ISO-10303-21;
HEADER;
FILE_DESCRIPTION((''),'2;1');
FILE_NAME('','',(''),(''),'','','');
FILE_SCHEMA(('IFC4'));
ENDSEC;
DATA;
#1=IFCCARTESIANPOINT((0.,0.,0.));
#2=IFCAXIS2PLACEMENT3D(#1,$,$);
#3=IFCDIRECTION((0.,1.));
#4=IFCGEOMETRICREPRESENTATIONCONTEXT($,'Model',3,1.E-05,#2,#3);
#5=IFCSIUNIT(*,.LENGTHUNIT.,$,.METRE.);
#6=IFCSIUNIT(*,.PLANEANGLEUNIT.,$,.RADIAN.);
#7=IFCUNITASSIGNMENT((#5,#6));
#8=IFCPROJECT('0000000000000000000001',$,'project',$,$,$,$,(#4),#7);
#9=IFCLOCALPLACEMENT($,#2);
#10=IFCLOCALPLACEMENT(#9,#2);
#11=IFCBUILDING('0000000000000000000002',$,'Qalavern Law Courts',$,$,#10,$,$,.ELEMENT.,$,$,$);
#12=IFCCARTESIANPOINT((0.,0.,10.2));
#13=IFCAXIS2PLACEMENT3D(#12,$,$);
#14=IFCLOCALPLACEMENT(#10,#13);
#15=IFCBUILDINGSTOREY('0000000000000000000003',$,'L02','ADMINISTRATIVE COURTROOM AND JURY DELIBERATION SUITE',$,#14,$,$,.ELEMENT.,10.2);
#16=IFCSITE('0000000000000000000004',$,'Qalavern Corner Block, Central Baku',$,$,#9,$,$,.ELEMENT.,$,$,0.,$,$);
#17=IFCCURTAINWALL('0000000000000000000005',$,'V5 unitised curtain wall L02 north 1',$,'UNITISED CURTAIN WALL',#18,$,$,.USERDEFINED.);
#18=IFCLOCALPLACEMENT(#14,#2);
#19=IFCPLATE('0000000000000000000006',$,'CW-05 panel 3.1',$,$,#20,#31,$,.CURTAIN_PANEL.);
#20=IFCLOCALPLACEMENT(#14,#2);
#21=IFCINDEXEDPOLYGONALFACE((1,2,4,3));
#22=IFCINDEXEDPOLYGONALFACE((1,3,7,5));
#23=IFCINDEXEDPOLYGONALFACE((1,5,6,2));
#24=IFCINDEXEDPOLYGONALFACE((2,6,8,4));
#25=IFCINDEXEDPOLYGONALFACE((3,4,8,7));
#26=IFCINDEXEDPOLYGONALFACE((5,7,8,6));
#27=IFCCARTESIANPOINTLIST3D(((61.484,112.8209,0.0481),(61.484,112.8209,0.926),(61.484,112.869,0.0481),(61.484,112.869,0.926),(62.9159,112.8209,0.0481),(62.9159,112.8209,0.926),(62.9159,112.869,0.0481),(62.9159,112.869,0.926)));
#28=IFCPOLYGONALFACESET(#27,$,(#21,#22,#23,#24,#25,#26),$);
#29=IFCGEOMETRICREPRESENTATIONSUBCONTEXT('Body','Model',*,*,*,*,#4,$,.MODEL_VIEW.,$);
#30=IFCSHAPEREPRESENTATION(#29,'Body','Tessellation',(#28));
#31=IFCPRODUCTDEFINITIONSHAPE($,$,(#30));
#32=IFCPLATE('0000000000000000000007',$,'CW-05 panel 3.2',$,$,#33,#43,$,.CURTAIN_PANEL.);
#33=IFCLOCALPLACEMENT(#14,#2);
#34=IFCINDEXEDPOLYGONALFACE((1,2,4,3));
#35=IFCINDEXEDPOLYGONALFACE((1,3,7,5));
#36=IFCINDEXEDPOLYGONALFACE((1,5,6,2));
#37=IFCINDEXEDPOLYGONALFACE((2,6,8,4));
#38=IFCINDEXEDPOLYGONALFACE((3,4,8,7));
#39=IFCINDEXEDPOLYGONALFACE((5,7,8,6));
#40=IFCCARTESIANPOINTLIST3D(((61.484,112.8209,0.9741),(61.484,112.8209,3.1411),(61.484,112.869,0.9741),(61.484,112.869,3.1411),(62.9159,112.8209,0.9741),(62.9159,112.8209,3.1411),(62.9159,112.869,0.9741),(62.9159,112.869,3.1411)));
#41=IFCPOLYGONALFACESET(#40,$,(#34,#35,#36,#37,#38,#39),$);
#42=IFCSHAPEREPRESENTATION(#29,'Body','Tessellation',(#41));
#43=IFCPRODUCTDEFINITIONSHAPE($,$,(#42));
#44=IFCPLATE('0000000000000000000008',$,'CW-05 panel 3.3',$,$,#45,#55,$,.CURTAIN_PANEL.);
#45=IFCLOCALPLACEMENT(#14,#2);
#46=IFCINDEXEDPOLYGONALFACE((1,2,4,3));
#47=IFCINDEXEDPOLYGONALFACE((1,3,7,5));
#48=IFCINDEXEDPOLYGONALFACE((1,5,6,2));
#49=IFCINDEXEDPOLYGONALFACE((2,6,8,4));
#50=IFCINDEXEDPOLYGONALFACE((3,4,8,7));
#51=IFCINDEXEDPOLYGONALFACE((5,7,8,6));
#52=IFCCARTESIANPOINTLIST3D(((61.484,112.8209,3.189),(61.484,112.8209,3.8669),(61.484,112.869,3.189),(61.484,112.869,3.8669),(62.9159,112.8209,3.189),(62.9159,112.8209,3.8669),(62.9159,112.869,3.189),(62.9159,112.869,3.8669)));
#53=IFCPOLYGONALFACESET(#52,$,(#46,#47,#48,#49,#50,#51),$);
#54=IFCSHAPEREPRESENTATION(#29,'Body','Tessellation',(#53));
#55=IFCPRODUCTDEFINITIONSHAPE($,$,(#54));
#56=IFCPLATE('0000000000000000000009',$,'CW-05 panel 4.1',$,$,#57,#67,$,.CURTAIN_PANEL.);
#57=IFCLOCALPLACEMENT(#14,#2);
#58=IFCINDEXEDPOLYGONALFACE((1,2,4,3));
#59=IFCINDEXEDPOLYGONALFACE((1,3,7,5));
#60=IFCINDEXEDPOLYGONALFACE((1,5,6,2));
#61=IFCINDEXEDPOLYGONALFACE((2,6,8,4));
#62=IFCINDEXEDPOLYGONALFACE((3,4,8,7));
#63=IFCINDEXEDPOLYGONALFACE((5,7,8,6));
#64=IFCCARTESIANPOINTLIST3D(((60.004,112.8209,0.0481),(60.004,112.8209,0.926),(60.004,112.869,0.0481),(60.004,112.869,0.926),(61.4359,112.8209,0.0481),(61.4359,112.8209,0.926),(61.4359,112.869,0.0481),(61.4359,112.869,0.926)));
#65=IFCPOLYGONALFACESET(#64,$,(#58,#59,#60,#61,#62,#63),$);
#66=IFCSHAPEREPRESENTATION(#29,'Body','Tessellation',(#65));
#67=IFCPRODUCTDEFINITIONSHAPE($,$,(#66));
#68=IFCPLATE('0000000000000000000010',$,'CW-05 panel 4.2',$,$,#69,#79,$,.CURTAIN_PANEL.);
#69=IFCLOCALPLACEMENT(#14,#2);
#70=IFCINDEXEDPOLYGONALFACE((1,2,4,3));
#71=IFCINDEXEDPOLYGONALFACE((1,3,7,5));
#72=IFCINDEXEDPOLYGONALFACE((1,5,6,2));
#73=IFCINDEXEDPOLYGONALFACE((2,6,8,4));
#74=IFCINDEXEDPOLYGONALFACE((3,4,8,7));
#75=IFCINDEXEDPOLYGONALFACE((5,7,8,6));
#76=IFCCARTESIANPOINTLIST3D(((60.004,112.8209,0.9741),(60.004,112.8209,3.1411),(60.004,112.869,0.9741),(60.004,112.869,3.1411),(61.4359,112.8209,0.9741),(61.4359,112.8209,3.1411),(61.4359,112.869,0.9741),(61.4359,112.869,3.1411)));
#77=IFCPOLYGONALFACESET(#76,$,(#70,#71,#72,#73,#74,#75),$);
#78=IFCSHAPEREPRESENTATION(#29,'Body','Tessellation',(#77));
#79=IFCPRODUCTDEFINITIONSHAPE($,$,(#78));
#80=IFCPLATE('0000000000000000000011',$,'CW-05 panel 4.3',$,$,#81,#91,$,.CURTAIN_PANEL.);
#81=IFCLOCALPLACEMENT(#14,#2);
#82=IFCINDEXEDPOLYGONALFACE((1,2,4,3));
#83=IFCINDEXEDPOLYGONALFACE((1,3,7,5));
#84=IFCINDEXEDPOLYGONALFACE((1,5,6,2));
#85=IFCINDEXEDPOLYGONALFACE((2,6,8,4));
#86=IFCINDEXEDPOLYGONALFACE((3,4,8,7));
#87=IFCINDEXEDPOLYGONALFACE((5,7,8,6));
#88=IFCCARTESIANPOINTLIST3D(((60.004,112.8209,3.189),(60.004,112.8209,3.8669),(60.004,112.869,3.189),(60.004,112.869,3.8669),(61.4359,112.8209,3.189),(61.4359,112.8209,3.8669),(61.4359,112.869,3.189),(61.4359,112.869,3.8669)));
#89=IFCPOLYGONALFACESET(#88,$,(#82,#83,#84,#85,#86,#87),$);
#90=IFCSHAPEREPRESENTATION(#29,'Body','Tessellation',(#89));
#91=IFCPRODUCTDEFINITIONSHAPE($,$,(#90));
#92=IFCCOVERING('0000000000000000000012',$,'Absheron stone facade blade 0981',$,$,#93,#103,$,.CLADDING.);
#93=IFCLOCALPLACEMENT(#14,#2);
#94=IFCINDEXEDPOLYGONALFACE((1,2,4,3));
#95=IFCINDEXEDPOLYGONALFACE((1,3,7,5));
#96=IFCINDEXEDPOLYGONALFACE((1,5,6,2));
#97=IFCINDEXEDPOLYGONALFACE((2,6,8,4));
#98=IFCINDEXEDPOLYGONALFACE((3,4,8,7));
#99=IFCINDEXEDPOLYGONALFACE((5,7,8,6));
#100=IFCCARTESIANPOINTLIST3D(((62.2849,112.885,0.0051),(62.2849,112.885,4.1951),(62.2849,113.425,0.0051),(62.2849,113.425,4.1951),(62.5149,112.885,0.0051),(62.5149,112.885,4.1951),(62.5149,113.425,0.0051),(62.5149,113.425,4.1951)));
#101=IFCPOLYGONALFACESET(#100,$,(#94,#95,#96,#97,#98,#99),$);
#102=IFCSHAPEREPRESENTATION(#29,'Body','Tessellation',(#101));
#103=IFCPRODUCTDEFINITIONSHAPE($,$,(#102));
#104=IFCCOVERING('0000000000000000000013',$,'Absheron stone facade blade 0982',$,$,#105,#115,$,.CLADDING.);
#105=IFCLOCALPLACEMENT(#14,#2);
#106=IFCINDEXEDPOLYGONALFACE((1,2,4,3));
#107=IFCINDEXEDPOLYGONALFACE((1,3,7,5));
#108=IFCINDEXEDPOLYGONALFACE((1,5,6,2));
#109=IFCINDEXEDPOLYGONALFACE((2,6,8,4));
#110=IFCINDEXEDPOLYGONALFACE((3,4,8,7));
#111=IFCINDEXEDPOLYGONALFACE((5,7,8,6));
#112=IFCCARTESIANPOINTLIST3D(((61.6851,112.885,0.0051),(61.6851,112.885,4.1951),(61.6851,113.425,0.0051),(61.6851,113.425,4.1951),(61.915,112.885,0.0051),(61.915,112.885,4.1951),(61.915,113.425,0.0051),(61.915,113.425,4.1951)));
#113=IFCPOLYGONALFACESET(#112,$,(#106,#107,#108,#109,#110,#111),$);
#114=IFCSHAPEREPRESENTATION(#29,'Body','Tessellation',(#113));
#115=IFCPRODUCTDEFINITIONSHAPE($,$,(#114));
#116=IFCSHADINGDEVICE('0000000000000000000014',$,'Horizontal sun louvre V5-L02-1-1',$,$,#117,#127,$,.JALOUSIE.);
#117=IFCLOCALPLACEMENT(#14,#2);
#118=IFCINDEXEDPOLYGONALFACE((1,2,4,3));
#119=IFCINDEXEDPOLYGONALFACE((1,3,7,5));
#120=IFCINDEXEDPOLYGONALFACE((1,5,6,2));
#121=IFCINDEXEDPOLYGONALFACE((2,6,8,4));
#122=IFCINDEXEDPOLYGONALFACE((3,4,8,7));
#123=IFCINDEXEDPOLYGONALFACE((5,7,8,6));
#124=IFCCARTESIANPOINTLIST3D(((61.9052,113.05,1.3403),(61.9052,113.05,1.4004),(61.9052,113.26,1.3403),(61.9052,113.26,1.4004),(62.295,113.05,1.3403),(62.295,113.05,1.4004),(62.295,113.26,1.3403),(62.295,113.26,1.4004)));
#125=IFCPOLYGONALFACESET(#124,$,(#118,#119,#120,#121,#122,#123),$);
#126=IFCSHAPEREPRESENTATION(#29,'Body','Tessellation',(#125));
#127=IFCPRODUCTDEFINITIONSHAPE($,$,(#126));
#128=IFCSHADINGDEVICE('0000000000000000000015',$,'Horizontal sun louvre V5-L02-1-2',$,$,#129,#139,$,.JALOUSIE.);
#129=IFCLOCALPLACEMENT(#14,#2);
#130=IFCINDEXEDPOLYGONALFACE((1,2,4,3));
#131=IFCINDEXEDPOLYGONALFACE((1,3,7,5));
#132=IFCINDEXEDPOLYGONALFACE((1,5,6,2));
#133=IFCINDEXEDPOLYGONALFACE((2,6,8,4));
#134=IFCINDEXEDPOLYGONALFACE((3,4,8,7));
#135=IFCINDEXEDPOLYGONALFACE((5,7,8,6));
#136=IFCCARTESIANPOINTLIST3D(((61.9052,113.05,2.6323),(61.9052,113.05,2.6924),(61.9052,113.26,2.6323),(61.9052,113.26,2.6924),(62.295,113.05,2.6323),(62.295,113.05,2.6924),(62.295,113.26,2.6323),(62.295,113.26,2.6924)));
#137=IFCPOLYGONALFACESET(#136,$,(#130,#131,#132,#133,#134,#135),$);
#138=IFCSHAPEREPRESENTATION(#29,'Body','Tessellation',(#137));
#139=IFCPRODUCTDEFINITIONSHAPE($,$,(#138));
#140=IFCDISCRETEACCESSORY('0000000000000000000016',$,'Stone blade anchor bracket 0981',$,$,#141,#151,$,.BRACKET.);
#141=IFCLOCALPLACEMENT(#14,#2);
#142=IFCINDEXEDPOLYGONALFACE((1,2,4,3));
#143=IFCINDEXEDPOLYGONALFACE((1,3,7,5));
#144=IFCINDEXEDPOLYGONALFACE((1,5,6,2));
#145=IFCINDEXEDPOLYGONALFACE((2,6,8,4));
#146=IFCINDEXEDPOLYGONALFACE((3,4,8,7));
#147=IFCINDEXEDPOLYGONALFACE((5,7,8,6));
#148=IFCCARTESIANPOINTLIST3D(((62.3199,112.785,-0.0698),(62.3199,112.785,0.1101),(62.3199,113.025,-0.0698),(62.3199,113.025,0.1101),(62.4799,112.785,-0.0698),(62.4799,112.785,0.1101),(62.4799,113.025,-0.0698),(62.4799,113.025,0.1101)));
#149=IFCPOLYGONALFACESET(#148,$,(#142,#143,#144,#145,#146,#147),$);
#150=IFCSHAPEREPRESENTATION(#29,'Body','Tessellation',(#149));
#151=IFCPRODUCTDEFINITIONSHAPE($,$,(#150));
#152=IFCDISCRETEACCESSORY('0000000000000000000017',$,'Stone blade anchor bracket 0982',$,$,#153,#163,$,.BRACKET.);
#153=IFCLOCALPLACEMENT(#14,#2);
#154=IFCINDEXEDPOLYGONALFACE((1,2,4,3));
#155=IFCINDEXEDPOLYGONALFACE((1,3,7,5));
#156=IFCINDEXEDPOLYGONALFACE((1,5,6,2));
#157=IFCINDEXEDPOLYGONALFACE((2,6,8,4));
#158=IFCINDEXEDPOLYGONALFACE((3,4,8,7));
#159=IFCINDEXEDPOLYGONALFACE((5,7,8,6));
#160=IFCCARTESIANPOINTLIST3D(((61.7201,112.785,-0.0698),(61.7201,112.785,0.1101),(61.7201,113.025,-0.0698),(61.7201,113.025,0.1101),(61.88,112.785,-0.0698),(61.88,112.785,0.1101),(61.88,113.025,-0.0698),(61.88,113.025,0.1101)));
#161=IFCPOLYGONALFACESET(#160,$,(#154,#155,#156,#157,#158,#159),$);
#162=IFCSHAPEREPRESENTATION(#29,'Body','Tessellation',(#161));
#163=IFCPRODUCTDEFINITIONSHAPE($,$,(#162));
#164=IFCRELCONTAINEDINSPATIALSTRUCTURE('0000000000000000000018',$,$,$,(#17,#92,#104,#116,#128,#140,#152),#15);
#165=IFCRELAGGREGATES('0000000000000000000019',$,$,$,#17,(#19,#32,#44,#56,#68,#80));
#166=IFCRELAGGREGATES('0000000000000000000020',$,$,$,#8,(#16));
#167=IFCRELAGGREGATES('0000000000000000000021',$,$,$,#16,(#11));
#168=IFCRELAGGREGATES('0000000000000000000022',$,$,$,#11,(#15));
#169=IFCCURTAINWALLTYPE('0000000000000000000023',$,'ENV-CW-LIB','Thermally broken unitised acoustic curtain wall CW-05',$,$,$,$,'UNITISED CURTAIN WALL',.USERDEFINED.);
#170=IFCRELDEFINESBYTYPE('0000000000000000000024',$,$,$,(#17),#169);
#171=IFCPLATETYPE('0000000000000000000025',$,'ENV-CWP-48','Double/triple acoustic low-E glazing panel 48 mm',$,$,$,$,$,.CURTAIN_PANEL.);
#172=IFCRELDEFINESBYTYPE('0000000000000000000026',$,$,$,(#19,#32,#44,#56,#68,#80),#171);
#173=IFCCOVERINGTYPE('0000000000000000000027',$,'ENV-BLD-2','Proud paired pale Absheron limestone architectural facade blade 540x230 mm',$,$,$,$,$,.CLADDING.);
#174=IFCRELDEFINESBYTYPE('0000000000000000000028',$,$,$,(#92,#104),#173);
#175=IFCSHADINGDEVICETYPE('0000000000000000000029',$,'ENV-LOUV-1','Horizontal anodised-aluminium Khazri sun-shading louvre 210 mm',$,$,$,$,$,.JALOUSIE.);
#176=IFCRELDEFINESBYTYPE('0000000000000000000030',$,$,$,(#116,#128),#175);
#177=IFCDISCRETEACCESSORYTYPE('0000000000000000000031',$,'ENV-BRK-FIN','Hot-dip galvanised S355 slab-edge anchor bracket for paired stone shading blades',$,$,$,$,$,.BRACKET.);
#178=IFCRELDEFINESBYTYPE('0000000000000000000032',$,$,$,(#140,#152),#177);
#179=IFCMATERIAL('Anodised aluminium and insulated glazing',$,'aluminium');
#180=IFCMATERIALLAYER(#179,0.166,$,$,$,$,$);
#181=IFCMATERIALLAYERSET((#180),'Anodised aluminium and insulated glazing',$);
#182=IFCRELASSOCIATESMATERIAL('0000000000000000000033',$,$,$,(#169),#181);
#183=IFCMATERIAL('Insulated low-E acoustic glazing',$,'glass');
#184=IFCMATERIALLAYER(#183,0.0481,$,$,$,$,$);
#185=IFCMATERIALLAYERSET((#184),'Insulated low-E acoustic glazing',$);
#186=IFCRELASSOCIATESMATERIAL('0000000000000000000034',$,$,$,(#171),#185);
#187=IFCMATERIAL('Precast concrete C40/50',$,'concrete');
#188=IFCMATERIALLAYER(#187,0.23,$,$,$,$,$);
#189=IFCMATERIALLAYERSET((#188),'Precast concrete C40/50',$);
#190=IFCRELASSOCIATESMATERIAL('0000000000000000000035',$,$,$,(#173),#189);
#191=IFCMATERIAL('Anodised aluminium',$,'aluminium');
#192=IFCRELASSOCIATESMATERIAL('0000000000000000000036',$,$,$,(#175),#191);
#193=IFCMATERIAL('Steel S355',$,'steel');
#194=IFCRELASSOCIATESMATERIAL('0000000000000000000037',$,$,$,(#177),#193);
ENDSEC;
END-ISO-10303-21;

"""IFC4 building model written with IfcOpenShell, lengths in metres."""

from ifc_helpers import new_model, si_unit, direction, frame, origin, origin_2d, place, context, subcontext, project, spatial, rectangle, extrude, material, layer, layer_set, type_object, element, aggregate, save


model = new_model("IFC4")

# Units and contexts
model_context = context("Model", 3, precision=1e-05, world=origin(), true_north=direction((0.0, 1.0)))
body_context = subcontext(model_context, "Body", "Model", "MODEL_VIEW")
ifc_project = project(units=[si_unit("LENGTHUNIT", "METRE"), si_unit("PLANEANGLEUNIT", "RADIAN")], contexts=[model_context])

# Site, building, storey
site_placement = place(None, origin())
site = spatial("IfcSite", under=ifc_project, at=site_placement, Name="Qalavern Corner Block, Central Baku", CompositionType="ELEMENT", RefElevation=0.0)
building_placement = place(site_placement, origin())
building = spatial("IfcBuilding", under=site, at=building_placement, Name="Qalavern Law Courts", CompositionType="ELEMENT")
storey_placement = place(building_placement, frame((0.0, 0.0, 10.2)))
storey = spatial("IfcBuildingStorey", under=building, at=storey_placement, Name="L02", Description="ADMINISTRATIVE COURTROOM AND JURY DELIBERATION SUITE", CompositionType="ELEMENT", Elevation=10.2)

# Curtain wall, plates
ifc_material_1 = material(Name="Anodised aluminium and insulated glazing", Category="aluminium")
ifc_layer_1 = layer(ifc_material_1, 0.166)
ifc_layer_set_1 = layer_set([ifc_layer_1], Name="Anodised aluminium and insulated glazing")
curtain_wall_type = type_object("IfcCurtainWallType", Name="ENV-CW-LIB", Description="Thermally broken unitised acoustic curtain wall CW-05", ElementType="UNITISED CURTAIN WALL", PredefinedType="USERDEFINED", material=ifc_layer_set_1)
curtain_wall_placement = place(storey_placement, origin())
curtain_wall = element("IfcCurtainWall", 1, at=curtain_wall_placement, inside=storey, type_object=curtain_wall_type, Name="V5 unitised curtain wall L02 north 1", ObjectType="UNITISED CURTAIN WALL", PredefinedType="USERDEFINED")
ifc_material_2 = material(Name="Anodised aluminium", Category="aluminium")
ifc_material_3 = material(Name="Insulated low-E acoustic glazing", Category="glass")
ifc_layer_2 = layer(ifc_material_3, 0.0481)
ifc_layer_set_2 = layer_set([ifc_layer_2], Name="Insulated low-E acoustic glazing")
plate_type = type_object("IfcPlateType", Name="ENV-CWP-48", Description="Double/triple acoustic low-E glazing panel 48 mm", PredefinedType="CURTAIN_PANEL", material=ifc_layer_set_2)
plate_1_placement = place(storey_placement, frame((62.2, 112.845, 0.0481), z_axis=(0.0, 0.0, 1.0), x_axis=(-1.0, 0.0, 0.0)))
plate_1 = element("IfcPlate", 2, at=plate_1_placement, type_object=plate_type, Name="CW-05 panel 3.1", PredefinedType="CURTAIN_PANEL", context=body_context, shape_type="SweptSolid", body=[
    extrude(rectangle(XDim=1.4319, YDim=0.0481, at=origin_2d()), origin(), (0.0, 0.0, 1.0), 0.8779),
])
plate_2_placement = place(storey_placement, frame((62.2, 112.845, 0.9741), z_axis=(0.0, 0.0, 1.0), x_axis=(-1.0, 0.0, 0.0)))
plate_2 = element("IfcPlate", 3, at=plate_2_placement, type_object=plate_type, Name="CW-05 panel 3.2", PredefinedType="CURTAIN_PANEL", context=body_context, shape_type="SweptSolid", body=[
    extrude(rectangle(XDim=1.4319, YDim=0.0481, at=origin_2d()), origin(), (0.0, 0.0, 1.0), 2.167),
])
plate_3_placement = place(storey_placement, frame((62.2, 112.845, 3.189), z_axis=(0.0, 0.0, 1.0), x_axis=(-1.0, 0.0, 0.0)))
plate_3 = element("IfcPlate", 4, at=plate_3_placement, type_object=plate_type, Name="CW-05 panel 3.3", PredefinedType="CURTAIN_PANEL", context=body_context, shape_type="SweptSolid", body=[
    extrude(rectangle(XDim=1.4319, YDim=0.0481, at=origin_2d()), origin(), (0.0, 0.0, 1.0), 0.678),
])
plate_4_placement = place(storey_placement, frame((60.72, 112.845, 0.0481), z_axis=(0.0, 0.0, 1.0), x_axis=(-1.0, 0.0, 0.0)))
plate_4 = element("IfcPlate", 5, at=plate_4_placement, type_object=plate_type, Name="CW-05 panel 4.1", PredefinedType="CURTAIN_PANEL", context=body_context, shape_type="SweptSolid", body=[
    extrude(rectangle(XDim=1.4319, YDim=0.0481, at=origin_2d()), origin(), (0.0, 0.0, 1.0), 0.8779),
])
plate_5_placement = place(storey_placement, frame((60.72, 112.845, 0.9741), z_axis=(0.0, 0.0, 1.0), x_axis=(-1.0, 0.0, 0.0)))
plate_5 = element("IfcPlate", 6, at=plate_5_placement, type_object=plate_type, Name="CW-05 panel 4.2", PredefinedType="CURTAIN_PANEL", context=body_context, shape_type="SweptSolid", body=[
    extrude(rectangle(XDim=1.4319, YDim=0.0481, at=origin_2d()), origin(), (0.0, 0.0, 1.0), 2.167),
])
plate_6_placement = place(storey_placement, frame((60.72, 112.845, 3.189), z_axis=(0.0, 0.0, 1.0), x_axis=(-1.0, 0.0, 0.0)))
plate_6 = element("IfcPlate", 7, at=plate_6_placement, type_object=plate_type, Name="CW-05 panel 4.3", PredefinedType="CURTAIN_PANEL", context=body_context, shape_type="SweptSolid", body=[
    extrude(rectangle(XDim=1.4319, YDim=0.0481, at=origin_2d()), origin(), (0.0, 0.0, 1.0), 0.678),
])
aggregate(curtain_wall, [plate_1, plate_2, plate_3, plate_4, plate_5, plate_6])

# Coverings
ifc_material_4 = material(Name="Precast concrete C40/50", Category="concrete")
ifc_layer_3 = layer(ifc_material_4, 0.23)
ifc_layer_set_3 = layer_set([ifc_layer_3], Name="Precast concrete C40/50")
covering_type = type_object("IfcCoveringType", Name="ENV-BLD-2", Description="Proud paired pale Absheron limestone architectural facade blade 540x230 mm", PredefinedType="CLADDING", material=ifc_layer_set_3)
for number, where, z_axis, x_axis, name in (
    (8, (62.3999, 113.155, 0.0051), (0.0, 0.0, 1.0), (0.0, 1.0, 0.0), "Absheron stone facade blade 0981"),
    (9, (61.8, 113.155, 0.0051), (0.0, 0.0, 1.0), (0.0, 1.0, 0.0), "Absheron stone facade blade 0982"),
):
    element("IfcCovering", number, at=place(storey_placement, frame(where, z_axis=z_axis, x_axis=x_axis)), inside=storey, type_object=covering_type, Name=name, PredefinedType="CLADDING", context=body_context, shape_type="SweptSolid", body=[
        extrude(rectangle(XDim=0.54, YDim=0.23, at=origin_2d()), origin(), (0.0, 0.0, 1.0), 4.1899),
    ])

# Shading devices
shading_device_type = type_object("IfcShadingDeviceType", Name="ENV-LOUV-1", Description="Horizontal anodised-aluminium Khazri sun-shading louvre 210 mm", PredefinedType="JALOUSIE", material=ifc_material_2)
for number, where, z_axis, x_axis, name in (
    (10, (62.1001, 113.155, 1.3403), (0.0, 0.0, 1.0), (-1.0, 0.0, 0.0), "Horizontal sun louvre V5-L02-1-1"),
    (11, (62.1001, 113.155, 2.6323), (0.0, 0.0, 1.0), (-1.0, 0.0, 0.0), "Horizontal sun louvre V5-L02-1-2"),
):
    element("IfcShadingDevice", number, at=place(storey_placement, frame(where, z_axis=z_axis, x_axis=x_axis)), inside=storey, type_object=shading_device_type, Name=name, PredefinedType="JALOUSIE", context=body_context, shape_type="SweptSolid", body=[
        extrude(rectangle(XDim=0.3899, YDim=0.21, at=origin_2d()), origin(), (0.0, 0.0, 1.0), 0.0601),
    ])

# Discrete accessories
ifc_material_5 = material(Name="Steel S355", Category="steel")
discrete_accessory_type = type_object("IfcDiscreteAccessoryType", Name="ENV-BRK-FIN", Description="Hot-dip galvanised S355 slab-edge anchor bracket for paired stone shading blades", PredefinedType="BRACKET", material=ifc_material_5)
for number, where, z_axis, x_axis, name in (
    (12, (62.3999, 112.905, -0.0698), (0.0, 0.0, 1.0), (0.0, 1.0, 0.0), "Stone blade anchor bracket 0981"),
    (13, (61.8, 112.905, -0.0698), (0.0, 0.0, 1.0), (0.0, 1.0, 0.0), "Stone blade anchor bracket 0982"),
):
    element("IfcDiscreteAccessory", number, at=place(storey_placement, frame(where, z_axis=z_axis, x_axis=x_axis)), inside=storey, type_object=discrete_accessory_type, Name=name, PredefinedType="BRACKET", context=body_context, shape_type="SweptSolid", body=[
        extrude(rectangle(XDim=0.24, YDim=0.1599, at=origin_2d()), origin(), (0.0, 0.0, 1.0), 0.1799),
    ])

save(model, "model.ifc")
